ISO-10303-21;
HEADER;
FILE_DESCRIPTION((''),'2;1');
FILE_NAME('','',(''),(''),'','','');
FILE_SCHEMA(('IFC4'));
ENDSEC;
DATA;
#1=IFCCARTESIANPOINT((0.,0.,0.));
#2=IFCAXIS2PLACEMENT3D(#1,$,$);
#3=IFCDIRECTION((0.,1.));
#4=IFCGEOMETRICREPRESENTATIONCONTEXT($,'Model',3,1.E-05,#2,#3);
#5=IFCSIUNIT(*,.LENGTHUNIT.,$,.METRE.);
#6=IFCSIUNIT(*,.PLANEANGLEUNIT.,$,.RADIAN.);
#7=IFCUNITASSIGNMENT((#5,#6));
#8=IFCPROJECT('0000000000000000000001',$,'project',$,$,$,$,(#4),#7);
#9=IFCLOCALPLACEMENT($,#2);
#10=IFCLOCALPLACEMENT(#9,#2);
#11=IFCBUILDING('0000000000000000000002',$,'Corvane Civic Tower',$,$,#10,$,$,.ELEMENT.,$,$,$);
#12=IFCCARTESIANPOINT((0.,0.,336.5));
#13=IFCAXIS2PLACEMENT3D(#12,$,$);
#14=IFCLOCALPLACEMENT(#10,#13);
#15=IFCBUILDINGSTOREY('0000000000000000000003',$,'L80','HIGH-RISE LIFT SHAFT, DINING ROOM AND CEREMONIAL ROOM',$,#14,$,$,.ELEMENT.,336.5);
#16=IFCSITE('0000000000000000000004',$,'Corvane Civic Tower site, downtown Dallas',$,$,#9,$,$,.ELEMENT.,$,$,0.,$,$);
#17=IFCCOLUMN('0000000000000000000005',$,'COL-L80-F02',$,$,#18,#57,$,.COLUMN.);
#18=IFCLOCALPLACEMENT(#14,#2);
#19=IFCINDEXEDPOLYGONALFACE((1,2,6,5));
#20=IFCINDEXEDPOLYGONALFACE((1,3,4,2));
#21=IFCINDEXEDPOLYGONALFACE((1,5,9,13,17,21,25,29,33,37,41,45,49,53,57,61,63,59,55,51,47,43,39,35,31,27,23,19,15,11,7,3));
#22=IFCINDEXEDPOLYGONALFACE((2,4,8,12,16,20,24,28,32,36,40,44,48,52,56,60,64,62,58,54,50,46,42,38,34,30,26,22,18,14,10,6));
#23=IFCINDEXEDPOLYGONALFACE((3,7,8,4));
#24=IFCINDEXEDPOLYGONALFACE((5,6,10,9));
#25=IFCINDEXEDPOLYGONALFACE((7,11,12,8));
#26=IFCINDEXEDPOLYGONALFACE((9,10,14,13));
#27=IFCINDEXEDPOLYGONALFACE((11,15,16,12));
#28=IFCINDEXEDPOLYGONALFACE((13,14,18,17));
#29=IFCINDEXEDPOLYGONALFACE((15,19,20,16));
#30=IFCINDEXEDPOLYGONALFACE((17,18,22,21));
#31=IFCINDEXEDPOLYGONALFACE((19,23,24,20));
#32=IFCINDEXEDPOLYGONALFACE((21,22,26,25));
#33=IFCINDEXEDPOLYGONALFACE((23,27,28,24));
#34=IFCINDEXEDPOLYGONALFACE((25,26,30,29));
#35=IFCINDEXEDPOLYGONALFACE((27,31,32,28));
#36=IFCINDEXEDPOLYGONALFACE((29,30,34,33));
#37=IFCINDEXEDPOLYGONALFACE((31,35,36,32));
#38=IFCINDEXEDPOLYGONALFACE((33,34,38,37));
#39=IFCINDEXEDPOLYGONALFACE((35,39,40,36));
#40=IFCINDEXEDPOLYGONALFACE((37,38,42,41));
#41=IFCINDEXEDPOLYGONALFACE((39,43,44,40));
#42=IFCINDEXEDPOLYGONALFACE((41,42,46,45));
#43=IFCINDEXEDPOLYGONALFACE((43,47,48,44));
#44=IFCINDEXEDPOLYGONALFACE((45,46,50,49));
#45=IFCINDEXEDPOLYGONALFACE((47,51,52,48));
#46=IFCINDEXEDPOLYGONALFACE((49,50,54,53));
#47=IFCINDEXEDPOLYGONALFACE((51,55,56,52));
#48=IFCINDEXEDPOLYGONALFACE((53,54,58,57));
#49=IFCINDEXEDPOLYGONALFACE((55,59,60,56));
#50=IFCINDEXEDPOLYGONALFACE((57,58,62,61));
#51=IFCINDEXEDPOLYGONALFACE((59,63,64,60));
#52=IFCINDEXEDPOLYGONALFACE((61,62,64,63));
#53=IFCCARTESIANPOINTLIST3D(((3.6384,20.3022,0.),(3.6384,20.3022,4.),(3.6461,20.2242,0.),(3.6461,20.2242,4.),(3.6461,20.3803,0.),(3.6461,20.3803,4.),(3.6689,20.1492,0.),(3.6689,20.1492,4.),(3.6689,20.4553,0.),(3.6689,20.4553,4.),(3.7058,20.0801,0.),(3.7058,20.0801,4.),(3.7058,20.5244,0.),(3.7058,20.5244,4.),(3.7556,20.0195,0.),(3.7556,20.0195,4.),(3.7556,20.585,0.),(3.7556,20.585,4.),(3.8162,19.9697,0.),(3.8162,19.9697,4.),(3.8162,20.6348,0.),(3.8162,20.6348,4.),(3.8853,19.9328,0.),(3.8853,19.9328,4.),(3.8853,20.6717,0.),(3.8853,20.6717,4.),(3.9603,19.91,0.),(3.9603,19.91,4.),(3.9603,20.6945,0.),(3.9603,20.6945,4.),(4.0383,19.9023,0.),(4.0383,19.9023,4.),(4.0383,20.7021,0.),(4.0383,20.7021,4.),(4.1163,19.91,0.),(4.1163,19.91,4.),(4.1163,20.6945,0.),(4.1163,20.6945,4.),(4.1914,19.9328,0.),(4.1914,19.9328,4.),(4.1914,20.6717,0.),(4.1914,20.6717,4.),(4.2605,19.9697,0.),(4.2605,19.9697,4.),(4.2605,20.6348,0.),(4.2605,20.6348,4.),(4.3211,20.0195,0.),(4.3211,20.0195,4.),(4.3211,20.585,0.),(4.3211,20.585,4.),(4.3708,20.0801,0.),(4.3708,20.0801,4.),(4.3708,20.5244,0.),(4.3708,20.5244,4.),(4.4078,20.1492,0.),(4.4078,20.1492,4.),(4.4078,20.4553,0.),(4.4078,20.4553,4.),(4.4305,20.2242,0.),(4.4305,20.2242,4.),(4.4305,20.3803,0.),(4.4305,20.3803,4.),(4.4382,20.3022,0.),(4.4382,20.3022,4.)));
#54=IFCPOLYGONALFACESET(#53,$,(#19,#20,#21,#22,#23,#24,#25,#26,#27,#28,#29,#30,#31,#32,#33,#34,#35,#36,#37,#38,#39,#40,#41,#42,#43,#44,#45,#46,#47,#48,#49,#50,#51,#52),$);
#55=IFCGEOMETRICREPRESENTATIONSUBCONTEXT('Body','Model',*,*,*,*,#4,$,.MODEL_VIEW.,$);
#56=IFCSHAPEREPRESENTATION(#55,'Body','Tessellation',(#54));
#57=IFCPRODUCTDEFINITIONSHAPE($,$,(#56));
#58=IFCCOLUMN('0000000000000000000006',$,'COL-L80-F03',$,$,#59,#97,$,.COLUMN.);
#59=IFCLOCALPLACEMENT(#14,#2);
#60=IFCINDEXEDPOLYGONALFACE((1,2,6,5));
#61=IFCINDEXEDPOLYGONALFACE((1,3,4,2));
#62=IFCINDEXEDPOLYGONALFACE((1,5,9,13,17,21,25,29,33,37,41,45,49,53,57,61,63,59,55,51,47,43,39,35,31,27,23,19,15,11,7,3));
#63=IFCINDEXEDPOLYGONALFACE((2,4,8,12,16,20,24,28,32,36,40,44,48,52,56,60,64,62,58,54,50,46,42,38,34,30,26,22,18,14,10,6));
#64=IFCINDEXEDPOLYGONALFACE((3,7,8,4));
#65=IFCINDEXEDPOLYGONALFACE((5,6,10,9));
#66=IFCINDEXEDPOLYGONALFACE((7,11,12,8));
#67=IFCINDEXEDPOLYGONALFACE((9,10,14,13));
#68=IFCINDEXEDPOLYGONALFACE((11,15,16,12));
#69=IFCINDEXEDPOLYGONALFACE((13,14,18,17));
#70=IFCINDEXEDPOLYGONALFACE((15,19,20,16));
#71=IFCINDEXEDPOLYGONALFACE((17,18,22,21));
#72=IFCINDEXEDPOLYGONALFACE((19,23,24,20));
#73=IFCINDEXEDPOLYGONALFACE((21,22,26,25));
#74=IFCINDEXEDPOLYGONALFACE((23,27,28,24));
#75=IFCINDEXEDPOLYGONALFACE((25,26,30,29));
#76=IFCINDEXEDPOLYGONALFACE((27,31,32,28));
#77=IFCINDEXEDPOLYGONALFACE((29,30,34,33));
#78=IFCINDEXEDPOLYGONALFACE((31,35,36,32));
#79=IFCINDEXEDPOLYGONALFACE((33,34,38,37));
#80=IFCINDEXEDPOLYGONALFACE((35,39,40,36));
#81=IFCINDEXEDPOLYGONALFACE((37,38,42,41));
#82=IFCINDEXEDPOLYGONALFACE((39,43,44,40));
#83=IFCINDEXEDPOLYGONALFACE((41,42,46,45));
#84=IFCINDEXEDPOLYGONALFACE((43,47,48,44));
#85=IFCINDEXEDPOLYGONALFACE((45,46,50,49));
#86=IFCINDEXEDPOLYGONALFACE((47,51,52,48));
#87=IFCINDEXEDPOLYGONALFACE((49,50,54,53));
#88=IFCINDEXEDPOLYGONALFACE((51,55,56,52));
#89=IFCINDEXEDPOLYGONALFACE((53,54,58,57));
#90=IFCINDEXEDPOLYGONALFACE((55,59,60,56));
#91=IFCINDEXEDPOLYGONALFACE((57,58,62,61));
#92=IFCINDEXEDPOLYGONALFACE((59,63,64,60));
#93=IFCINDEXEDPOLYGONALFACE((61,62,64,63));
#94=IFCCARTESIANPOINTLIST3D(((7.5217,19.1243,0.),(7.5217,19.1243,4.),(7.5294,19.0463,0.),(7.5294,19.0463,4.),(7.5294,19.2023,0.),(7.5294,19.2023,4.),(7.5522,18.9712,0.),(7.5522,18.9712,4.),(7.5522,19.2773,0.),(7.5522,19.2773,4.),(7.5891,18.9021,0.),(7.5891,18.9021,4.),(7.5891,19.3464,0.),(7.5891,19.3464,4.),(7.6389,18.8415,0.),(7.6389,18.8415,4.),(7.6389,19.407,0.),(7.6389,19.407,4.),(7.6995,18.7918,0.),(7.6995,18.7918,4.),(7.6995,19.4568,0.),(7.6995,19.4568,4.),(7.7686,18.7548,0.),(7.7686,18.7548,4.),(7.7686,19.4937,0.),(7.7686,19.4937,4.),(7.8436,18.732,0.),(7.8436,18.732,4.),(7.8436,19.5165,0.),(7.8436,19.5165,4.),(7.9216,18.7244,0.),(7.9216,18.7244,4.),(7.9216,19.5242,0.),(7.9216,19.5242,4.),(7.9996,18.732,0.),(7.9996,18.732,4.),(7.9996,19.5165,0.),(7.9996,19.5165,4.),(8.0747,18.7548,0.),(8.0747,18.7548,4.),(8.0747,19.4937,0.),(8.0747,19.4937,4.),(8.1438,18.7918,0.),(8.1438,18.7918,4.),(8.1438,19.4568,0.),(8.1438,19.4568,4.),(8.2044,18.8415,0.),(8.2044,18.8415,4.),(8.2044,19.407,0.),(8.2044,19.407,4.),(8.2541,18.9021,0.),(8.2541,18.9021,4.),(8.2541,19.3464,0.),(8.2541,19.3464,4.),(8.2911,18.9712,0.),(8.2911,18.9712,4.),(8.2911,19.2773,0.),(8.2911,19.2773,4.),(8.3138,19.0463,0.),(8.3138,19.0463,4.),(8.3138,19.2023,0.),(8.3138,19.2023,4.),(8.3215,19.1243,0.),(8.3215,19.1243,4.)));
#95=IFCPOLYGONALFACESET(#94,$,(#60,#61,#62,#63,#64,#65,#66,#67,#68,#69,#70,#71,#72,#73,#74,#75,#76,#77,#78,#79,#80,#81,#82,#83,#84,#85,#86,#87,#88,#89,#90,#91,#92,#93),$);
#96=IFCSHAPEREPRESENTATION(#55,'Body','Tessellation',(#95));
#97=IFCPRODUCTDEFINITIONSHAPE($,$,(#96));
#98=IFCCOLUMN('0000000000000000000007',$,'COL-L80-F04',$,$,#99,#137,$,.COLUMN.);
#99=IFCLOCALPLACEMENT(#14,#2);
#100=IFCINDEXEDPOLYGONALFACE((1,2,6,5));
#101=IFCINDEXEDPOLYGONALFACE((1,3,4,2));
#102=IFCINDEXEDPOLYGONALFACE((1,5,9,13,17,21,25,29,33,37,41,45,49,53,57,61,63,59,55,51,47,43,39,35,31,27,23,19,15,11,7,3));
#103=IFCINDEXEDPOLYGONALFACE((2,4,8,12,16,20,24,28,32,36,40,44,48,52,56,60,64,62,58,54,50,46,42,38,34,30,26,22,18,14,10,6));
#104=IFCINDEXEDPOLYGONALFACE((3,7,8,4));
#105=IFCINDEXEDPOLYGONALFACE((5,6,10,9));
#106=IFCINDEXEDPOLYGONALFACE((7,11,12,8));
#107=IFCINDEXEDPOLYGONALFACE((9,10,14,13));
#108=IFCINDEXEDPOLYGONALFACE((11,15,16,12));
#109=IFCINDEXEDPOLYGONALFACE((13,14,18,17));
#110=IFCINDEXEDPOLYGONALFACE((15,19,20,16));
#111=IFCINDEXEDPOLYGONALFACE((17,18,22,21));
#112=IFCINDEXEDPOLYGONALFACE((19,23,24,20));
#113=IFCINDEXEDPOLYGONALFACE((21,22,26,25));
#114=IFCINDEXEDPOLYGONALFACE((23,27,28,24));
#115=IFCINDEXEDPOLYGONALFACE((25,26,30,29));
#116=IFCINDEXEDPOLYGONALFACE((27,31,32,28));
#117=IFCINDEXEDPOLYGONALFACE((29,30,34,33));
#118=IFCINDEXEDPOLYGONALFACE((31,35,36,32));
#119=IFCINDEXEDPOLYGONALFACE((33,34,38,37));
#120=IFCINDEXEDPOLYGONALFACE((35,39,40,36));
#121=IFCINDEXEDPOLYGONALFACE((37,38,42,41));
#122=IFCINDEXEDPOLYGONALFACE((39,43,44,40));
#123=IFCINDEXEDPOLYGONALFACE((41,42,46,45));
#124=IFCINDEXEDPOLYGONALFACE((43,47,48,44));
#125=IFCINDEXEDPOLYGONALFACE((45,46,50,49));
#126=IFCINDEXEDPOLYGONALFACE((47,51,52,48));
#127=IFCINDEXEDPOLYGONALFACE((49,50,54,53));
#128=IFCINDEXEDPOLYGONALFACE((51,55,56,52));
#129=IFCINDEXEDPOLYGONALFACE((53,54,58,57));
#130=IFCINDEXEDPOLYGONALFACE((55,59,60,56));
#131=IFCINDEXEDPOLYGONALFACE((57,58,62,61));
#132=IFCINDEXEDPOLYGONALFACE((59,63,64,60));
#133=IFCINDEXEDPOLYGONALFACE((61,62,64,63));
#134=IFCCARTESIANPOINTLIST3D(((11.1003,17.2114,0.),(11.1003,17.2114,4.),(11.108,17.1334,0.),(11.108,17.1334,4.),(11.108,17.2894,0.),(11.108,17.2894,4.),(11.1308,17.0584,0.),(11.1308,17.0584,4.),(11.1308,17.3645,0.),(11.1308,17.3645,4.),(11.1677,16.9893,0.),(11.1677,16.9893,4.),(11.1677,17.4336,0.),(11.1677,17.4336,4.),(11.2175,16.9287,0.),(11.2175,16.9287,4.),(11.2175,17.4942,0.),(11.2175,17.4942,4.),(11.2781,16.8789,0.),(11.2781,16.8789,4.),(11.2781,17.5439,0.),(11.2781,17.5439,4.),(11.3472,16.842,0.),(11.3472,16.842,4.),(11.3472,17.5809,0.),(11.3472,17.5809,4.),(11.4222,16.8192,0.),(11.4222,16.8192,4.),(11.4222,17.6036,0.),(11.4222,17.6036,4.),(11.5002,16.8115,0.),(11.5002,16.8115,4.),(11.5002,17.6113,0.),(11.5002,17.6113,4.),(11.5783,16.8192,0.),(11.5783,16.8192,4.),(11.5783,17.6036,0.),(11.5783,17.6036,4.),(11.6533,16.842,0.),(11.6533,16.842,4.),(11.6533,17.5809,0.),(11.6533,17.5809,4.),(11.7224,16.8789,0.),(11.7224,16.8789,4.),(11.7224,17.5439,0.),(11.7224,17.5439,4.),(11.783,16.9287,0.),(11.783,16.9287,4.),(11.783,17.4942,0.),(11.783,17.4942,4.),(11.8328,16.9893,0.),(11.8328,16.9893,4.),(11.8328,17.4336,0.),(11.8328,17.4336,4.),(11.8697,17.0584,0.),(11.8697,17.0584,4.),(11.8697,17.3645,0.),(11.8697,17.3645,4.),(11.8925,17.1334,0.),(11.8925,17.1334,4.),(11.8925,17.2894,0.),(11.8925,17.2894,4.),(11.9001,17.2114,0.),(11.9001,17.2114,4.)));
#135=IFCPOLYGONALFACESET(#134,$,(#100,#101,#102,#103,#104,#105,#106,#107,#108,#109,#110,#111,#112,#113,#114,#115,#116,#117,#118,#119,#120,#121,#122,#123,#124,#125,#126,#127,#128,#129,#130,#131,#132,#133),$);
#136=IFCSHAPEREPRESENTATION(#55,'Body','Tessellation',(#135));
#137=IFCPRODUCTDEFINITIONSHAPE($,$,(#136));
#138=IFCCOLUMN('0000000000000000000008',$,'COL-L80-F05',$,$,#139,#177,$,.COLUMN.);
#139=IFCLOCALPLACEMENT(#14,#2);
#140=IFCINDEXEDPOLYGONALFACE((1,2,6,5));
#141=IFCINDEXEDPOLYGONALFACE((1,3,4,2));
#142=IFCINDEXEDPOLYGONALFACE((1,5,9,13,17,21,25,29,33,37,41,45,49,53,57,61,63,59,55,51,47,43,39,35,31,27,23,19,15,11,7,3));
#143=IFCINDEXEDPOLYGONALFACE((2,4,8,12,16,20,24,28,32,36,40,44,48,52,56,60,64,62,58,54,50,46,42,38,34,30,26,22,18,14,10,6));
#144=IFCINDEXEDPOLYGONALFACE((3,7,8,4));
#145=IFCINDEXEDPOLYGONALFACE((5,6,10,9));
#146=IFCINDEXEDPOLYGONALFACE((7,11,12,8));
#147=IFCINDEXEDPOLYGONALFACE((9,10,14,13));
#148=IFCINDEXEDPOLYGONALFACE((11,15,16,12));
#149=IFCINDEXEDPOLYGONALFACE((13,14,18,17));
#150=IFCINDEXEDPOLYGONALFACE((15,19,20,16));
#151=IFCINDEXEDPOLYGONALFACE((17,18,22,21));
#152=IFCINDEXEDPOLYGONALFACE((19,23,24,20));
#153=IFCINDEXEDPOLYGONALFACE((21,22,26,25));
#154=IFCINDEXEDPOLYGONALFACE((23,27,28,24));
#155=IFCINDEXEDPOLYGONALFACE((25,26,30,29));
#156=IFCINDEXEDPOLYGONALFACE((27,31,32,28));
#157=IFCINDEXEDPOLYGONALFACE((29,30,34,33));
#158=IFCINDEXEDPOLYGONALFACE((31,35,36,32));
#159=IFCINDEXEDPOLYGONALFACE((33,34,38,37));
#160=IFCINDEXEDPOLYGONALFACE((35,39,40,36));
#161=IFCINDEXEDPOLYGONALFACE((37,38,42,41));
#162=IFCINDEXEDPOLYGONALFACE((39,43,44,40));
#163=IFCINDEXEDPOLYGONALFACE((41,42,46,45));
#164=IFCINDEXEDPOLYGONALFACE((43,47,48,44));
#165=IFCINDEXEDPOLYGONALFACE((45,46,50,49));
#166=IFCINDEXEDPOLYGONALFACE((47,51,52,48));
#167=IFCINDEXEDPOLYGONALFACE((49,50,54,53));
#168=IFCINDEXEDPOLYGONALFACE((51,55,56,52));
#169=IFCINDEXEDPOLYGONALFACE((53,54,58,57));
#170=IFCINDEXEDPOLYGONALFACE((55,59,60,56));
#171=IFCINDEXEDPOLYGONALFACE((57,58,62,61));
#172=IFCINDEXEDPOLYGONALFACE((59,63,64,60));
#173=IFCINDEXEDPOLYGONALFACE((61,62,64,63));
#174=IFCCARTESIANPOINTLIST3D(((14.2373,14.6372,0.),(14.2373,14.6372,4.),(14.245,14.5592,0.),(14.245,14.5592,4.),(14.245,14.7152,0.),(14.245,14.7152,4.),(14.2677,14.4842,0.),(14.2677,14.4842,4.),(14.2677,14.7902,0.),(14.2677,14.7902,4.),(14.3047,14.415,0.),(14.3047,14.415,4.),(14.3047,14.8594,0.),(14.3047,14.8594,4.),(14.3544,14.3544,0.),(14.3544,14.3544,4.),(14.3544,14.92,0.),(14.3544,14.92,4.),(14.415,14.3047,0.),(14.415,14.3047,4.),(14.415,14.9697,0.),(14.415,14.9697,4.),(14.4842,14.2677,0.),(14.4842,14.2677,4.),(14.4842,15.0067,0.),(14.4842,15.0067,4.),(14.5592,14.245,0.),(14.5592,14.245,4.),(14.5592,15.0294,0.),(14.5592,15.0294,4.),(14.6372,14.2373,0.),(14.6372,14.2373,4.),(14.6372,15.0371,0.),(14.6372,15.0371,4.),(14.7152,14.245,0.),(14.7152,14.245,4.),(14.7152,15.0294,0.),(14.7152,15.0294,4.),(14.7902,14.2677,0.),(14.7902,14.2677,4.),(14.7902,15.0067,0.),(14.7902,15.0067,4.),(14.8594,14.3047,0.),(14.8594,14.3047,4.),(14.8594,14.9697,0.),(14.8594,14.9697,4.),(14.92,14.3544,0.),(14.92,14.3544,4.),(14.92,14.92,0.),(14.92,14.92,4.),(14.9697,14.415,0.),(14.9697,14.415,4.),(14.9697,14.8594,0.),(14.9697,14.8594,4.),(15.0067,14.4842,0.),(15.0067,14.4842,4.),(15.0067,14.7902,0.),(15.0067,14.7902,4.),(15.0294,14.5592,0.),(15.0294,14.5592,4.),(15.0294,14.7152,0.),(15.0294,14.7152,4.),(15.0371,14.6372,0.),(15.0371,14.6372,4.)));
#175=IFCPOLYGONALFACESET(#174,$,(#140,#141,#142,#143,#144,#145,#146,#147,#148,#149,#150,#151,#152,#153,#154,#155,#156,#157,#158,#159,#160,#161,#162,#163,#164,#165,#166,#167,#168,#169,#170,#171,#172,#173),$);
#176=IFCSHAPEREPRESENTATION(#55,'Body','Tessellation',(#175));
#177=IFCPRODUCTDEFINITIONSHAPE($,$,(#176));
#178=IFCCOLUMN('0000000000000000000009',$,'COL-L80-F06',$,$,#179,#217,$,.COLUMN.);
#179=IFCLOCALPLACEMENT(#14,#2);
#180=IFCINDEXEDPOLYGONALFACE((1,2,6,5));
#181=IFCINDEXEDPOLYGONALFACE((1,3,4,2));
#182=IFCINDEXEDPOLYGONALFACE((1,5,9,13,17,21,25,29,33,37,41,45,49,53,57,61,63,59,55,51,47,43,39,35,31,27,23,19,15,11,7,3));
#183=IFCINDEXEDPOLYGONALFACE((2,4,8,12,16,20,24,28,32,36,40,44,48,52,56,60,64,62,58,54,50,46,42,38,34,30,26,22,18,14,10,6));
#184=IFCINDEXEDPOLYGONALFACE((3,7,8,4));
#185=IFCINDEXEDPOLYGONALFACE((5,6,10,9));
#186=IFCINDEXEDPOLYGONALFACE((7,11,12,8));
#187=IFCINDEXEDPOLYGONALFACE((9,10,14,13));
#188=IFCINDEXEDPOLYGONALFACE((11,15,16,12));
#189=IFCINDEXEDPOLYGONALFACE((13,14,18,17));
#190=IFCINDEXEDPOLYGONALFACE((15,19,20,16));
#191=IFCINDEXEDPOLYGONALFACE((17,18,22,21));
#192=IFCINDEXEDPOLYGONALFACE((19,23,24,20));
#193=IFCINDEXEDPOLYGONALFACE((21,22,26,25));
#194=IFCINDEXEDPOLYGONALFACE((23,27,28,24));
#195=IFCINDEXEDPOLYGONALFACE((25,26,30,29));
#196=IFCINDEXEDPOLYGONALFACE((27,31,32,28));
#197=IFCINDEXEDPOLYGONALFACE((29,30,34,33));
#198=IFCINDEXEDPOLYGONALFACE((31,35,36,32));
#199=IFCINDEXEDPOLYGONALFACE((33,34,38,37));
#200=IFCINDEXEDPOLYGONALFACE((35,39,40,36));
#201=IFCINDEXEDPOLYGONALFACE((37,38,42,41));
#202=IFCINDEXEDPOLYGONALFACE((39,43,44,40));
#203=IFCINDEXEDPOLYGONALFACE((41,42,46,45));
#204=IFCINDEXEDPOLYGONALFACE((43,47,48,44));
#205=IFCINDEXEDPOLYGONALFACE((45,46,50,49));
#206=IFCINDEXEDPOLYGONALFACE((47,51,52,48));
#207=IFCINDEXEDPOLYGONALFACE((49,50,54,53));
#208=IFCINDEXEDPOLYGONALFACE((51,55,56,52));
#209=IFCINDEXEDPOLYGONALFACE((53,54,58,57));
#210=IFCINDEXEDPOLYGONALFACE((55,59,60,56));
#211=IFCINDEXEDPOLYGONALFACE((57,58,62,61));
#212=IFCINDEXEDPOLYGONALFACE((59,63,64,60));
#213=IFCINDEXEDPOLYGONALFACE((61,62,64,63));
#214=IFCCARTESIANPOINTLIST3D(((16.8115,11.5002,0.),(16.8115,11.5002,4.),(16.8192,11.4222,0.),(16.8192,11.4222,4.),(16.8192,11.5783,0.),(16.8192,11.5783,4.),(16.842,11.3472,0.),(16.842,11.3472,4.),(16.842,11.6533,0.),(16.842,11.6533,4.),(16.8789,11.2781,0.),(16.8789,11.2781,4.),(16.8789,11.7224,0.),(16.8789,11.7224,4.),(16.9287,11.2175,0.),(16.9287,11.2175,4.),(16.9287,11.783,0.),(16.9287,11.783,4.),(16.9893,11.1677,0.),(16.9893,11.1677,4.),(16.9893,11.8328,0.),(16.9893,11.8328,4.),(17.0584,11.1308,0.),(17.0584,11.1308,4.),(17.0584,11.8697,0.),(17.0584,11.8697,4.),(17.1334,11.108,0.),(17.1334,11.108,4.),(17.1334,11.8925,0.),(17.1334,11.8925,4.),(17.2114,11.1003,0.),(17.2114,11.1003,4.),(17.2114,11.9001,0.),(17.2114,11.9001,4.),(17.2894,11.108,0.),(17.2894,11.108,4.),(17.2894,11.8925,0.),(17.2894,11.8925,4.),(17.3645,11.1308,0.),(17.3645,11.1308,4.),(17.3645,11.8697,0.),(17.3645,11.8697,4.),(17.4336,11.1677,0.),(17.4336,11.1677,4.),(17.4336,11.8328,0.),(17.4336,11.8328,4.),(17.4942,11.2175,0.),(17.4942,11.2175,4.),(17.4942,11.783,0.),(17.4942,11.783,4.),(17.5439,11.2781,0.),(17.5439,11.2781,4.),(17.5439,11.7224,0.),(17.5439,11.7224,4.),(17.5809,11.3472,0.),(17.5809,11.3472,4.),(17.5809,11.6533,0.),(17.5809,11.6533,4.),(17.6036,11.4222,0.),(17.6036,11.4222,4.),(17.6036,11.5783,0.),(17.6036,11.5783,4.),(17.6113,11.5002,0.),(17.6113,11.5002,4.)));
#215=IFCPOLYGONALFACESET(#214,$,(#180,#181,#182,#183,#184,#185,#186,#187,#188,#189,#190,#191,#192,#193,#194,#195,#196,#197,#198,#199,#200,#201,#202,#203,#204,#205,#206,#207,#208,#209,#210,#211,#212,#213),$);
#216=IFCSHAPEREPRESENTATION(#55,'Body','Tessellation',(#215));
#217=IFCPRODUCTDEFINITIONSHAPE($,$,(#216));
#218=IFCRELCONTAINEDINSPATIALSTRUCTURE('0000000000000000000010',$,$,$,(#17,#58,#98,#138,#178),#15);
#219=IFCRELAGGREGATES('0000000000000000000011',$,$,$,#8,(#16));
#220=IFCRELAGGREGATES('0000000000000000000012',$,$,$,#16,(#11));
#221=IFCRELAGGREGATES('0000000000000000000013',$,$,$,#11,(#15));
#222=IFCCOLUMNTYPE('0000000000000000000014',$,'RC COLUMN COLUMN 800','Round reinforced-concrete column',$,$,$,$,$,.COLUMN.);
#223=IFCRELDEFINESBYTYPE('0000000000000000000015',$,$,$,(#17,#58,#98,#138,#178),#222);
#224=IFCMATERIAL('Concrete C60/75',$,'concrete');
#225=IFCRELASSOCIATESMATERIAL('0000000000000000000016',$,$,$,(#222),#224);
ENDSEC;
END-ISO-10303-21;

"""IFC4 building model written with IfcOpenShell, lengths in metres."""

from ifc_helpers import new_model, si_unit, direction, frame, origin, origin_2d, place, context, subcontext, project, spatial, circle, extrude, material, material_profile, profile_set, type_object, element, save


model = new_model("IFC4")

# Units and contexts
model_context = context("Model", 3, precision=1e-05, world=origin(), true_north=direction((0.0, 1.0)))
body_context = subcontext(model_context, "Body", "Model", "MODEL_VIEW")
ifc_project = project(units=[si_unit("LENGTHUNIT", "METRE"), si_unit("PLANEANGLEUNIT", "RADIAN")], contexts=[model_context])

# Site, building, storey
site_placement = place(None, origin())
site = spatial("IfcSite", under=ifc_project, at=site_placement, Name="Corvane Civic Tower site, downtown Dallas", CompositionType="ELEMENT", RefElevation=0.0)
building_placement = place(site_placement, origin())
building = spatial("IfcBuilding", under=site, at=building_placement, Name="Corvane Civic Tower", CompositionType="ELEMENT")
storey_placement = place(building_placement, frame((0.0, 0.0, 336.5)))
storey = spatial("IfcBuildingStorey", under=building, at=storey_placement, Name="L80", Description="HIGH-RISE LIFT SHAFT, DINING ROOM AND CEREMONIAL ROOM", CompositionType="ELEMENT", Elevation=336.5)

# Columns
ifc_material_1 = material(Name="Concrete C60/75", Category="concrete")
ifc_material_profile_1 = material_profile(ifc_material_1, circle(Radius=0.3999, at=origin_2d()), Name="COLUMN 800")
ifc_profile_set_1 = profile_set([ifc_material_profile_1], Name="Concrete C60/75")
column_type = type_object("IfcColumnType", Name="RC COLUMN COLUMN 800", Description="Round reinforced-concrete column", PredefinedType="COLUMN", material=ifc_profile_set_1)
for number, where, z_axis, x_axis, name in (
    (1, (4.0383, 20.3022, 0.0), (0.0, 0.0, 1.0), (1.0, 0.0, 0.0), "COL-L80-F02"),
    (2, (7.9216, 19.1243, 0.0), (0.0, 0.0, 1.0), (1.0, 0.0, 0.0), "COL-L80-F03"),
    (3, (11.5002, 17.2114, 0.0), (0.0, 0.0, 1.0), (1.0, 0.0, 0.0), "COL-L80-F04"),
    (4, (14.6372, 14.6372, 0.0), (0.0, 0.0, 1.0), (1.0, 0.0, 0.0), "COL-L80-F05"),
    (5, (17.2114, 11.5002, 0.0), (0.0, 0.0, 1.0), (1.0, 0.0, 0.0), "COL-L80-F06"),
):
    element("IfcColumn", number, at=place(storey_placement, frame(where, z_axis=z_axis, x_axis=x_axis)), inside=storey, type_object=column_type, Name=name, PredefinedType="COLUMN", context=body_context, shape_type="SweptSolid", body=[
        extrude(circle(Radius=0.3999, at=origin_2d()), origin(), (0.0, 0.0, 1.0), 4.0),
    ])

save(model, "model.ifc")
